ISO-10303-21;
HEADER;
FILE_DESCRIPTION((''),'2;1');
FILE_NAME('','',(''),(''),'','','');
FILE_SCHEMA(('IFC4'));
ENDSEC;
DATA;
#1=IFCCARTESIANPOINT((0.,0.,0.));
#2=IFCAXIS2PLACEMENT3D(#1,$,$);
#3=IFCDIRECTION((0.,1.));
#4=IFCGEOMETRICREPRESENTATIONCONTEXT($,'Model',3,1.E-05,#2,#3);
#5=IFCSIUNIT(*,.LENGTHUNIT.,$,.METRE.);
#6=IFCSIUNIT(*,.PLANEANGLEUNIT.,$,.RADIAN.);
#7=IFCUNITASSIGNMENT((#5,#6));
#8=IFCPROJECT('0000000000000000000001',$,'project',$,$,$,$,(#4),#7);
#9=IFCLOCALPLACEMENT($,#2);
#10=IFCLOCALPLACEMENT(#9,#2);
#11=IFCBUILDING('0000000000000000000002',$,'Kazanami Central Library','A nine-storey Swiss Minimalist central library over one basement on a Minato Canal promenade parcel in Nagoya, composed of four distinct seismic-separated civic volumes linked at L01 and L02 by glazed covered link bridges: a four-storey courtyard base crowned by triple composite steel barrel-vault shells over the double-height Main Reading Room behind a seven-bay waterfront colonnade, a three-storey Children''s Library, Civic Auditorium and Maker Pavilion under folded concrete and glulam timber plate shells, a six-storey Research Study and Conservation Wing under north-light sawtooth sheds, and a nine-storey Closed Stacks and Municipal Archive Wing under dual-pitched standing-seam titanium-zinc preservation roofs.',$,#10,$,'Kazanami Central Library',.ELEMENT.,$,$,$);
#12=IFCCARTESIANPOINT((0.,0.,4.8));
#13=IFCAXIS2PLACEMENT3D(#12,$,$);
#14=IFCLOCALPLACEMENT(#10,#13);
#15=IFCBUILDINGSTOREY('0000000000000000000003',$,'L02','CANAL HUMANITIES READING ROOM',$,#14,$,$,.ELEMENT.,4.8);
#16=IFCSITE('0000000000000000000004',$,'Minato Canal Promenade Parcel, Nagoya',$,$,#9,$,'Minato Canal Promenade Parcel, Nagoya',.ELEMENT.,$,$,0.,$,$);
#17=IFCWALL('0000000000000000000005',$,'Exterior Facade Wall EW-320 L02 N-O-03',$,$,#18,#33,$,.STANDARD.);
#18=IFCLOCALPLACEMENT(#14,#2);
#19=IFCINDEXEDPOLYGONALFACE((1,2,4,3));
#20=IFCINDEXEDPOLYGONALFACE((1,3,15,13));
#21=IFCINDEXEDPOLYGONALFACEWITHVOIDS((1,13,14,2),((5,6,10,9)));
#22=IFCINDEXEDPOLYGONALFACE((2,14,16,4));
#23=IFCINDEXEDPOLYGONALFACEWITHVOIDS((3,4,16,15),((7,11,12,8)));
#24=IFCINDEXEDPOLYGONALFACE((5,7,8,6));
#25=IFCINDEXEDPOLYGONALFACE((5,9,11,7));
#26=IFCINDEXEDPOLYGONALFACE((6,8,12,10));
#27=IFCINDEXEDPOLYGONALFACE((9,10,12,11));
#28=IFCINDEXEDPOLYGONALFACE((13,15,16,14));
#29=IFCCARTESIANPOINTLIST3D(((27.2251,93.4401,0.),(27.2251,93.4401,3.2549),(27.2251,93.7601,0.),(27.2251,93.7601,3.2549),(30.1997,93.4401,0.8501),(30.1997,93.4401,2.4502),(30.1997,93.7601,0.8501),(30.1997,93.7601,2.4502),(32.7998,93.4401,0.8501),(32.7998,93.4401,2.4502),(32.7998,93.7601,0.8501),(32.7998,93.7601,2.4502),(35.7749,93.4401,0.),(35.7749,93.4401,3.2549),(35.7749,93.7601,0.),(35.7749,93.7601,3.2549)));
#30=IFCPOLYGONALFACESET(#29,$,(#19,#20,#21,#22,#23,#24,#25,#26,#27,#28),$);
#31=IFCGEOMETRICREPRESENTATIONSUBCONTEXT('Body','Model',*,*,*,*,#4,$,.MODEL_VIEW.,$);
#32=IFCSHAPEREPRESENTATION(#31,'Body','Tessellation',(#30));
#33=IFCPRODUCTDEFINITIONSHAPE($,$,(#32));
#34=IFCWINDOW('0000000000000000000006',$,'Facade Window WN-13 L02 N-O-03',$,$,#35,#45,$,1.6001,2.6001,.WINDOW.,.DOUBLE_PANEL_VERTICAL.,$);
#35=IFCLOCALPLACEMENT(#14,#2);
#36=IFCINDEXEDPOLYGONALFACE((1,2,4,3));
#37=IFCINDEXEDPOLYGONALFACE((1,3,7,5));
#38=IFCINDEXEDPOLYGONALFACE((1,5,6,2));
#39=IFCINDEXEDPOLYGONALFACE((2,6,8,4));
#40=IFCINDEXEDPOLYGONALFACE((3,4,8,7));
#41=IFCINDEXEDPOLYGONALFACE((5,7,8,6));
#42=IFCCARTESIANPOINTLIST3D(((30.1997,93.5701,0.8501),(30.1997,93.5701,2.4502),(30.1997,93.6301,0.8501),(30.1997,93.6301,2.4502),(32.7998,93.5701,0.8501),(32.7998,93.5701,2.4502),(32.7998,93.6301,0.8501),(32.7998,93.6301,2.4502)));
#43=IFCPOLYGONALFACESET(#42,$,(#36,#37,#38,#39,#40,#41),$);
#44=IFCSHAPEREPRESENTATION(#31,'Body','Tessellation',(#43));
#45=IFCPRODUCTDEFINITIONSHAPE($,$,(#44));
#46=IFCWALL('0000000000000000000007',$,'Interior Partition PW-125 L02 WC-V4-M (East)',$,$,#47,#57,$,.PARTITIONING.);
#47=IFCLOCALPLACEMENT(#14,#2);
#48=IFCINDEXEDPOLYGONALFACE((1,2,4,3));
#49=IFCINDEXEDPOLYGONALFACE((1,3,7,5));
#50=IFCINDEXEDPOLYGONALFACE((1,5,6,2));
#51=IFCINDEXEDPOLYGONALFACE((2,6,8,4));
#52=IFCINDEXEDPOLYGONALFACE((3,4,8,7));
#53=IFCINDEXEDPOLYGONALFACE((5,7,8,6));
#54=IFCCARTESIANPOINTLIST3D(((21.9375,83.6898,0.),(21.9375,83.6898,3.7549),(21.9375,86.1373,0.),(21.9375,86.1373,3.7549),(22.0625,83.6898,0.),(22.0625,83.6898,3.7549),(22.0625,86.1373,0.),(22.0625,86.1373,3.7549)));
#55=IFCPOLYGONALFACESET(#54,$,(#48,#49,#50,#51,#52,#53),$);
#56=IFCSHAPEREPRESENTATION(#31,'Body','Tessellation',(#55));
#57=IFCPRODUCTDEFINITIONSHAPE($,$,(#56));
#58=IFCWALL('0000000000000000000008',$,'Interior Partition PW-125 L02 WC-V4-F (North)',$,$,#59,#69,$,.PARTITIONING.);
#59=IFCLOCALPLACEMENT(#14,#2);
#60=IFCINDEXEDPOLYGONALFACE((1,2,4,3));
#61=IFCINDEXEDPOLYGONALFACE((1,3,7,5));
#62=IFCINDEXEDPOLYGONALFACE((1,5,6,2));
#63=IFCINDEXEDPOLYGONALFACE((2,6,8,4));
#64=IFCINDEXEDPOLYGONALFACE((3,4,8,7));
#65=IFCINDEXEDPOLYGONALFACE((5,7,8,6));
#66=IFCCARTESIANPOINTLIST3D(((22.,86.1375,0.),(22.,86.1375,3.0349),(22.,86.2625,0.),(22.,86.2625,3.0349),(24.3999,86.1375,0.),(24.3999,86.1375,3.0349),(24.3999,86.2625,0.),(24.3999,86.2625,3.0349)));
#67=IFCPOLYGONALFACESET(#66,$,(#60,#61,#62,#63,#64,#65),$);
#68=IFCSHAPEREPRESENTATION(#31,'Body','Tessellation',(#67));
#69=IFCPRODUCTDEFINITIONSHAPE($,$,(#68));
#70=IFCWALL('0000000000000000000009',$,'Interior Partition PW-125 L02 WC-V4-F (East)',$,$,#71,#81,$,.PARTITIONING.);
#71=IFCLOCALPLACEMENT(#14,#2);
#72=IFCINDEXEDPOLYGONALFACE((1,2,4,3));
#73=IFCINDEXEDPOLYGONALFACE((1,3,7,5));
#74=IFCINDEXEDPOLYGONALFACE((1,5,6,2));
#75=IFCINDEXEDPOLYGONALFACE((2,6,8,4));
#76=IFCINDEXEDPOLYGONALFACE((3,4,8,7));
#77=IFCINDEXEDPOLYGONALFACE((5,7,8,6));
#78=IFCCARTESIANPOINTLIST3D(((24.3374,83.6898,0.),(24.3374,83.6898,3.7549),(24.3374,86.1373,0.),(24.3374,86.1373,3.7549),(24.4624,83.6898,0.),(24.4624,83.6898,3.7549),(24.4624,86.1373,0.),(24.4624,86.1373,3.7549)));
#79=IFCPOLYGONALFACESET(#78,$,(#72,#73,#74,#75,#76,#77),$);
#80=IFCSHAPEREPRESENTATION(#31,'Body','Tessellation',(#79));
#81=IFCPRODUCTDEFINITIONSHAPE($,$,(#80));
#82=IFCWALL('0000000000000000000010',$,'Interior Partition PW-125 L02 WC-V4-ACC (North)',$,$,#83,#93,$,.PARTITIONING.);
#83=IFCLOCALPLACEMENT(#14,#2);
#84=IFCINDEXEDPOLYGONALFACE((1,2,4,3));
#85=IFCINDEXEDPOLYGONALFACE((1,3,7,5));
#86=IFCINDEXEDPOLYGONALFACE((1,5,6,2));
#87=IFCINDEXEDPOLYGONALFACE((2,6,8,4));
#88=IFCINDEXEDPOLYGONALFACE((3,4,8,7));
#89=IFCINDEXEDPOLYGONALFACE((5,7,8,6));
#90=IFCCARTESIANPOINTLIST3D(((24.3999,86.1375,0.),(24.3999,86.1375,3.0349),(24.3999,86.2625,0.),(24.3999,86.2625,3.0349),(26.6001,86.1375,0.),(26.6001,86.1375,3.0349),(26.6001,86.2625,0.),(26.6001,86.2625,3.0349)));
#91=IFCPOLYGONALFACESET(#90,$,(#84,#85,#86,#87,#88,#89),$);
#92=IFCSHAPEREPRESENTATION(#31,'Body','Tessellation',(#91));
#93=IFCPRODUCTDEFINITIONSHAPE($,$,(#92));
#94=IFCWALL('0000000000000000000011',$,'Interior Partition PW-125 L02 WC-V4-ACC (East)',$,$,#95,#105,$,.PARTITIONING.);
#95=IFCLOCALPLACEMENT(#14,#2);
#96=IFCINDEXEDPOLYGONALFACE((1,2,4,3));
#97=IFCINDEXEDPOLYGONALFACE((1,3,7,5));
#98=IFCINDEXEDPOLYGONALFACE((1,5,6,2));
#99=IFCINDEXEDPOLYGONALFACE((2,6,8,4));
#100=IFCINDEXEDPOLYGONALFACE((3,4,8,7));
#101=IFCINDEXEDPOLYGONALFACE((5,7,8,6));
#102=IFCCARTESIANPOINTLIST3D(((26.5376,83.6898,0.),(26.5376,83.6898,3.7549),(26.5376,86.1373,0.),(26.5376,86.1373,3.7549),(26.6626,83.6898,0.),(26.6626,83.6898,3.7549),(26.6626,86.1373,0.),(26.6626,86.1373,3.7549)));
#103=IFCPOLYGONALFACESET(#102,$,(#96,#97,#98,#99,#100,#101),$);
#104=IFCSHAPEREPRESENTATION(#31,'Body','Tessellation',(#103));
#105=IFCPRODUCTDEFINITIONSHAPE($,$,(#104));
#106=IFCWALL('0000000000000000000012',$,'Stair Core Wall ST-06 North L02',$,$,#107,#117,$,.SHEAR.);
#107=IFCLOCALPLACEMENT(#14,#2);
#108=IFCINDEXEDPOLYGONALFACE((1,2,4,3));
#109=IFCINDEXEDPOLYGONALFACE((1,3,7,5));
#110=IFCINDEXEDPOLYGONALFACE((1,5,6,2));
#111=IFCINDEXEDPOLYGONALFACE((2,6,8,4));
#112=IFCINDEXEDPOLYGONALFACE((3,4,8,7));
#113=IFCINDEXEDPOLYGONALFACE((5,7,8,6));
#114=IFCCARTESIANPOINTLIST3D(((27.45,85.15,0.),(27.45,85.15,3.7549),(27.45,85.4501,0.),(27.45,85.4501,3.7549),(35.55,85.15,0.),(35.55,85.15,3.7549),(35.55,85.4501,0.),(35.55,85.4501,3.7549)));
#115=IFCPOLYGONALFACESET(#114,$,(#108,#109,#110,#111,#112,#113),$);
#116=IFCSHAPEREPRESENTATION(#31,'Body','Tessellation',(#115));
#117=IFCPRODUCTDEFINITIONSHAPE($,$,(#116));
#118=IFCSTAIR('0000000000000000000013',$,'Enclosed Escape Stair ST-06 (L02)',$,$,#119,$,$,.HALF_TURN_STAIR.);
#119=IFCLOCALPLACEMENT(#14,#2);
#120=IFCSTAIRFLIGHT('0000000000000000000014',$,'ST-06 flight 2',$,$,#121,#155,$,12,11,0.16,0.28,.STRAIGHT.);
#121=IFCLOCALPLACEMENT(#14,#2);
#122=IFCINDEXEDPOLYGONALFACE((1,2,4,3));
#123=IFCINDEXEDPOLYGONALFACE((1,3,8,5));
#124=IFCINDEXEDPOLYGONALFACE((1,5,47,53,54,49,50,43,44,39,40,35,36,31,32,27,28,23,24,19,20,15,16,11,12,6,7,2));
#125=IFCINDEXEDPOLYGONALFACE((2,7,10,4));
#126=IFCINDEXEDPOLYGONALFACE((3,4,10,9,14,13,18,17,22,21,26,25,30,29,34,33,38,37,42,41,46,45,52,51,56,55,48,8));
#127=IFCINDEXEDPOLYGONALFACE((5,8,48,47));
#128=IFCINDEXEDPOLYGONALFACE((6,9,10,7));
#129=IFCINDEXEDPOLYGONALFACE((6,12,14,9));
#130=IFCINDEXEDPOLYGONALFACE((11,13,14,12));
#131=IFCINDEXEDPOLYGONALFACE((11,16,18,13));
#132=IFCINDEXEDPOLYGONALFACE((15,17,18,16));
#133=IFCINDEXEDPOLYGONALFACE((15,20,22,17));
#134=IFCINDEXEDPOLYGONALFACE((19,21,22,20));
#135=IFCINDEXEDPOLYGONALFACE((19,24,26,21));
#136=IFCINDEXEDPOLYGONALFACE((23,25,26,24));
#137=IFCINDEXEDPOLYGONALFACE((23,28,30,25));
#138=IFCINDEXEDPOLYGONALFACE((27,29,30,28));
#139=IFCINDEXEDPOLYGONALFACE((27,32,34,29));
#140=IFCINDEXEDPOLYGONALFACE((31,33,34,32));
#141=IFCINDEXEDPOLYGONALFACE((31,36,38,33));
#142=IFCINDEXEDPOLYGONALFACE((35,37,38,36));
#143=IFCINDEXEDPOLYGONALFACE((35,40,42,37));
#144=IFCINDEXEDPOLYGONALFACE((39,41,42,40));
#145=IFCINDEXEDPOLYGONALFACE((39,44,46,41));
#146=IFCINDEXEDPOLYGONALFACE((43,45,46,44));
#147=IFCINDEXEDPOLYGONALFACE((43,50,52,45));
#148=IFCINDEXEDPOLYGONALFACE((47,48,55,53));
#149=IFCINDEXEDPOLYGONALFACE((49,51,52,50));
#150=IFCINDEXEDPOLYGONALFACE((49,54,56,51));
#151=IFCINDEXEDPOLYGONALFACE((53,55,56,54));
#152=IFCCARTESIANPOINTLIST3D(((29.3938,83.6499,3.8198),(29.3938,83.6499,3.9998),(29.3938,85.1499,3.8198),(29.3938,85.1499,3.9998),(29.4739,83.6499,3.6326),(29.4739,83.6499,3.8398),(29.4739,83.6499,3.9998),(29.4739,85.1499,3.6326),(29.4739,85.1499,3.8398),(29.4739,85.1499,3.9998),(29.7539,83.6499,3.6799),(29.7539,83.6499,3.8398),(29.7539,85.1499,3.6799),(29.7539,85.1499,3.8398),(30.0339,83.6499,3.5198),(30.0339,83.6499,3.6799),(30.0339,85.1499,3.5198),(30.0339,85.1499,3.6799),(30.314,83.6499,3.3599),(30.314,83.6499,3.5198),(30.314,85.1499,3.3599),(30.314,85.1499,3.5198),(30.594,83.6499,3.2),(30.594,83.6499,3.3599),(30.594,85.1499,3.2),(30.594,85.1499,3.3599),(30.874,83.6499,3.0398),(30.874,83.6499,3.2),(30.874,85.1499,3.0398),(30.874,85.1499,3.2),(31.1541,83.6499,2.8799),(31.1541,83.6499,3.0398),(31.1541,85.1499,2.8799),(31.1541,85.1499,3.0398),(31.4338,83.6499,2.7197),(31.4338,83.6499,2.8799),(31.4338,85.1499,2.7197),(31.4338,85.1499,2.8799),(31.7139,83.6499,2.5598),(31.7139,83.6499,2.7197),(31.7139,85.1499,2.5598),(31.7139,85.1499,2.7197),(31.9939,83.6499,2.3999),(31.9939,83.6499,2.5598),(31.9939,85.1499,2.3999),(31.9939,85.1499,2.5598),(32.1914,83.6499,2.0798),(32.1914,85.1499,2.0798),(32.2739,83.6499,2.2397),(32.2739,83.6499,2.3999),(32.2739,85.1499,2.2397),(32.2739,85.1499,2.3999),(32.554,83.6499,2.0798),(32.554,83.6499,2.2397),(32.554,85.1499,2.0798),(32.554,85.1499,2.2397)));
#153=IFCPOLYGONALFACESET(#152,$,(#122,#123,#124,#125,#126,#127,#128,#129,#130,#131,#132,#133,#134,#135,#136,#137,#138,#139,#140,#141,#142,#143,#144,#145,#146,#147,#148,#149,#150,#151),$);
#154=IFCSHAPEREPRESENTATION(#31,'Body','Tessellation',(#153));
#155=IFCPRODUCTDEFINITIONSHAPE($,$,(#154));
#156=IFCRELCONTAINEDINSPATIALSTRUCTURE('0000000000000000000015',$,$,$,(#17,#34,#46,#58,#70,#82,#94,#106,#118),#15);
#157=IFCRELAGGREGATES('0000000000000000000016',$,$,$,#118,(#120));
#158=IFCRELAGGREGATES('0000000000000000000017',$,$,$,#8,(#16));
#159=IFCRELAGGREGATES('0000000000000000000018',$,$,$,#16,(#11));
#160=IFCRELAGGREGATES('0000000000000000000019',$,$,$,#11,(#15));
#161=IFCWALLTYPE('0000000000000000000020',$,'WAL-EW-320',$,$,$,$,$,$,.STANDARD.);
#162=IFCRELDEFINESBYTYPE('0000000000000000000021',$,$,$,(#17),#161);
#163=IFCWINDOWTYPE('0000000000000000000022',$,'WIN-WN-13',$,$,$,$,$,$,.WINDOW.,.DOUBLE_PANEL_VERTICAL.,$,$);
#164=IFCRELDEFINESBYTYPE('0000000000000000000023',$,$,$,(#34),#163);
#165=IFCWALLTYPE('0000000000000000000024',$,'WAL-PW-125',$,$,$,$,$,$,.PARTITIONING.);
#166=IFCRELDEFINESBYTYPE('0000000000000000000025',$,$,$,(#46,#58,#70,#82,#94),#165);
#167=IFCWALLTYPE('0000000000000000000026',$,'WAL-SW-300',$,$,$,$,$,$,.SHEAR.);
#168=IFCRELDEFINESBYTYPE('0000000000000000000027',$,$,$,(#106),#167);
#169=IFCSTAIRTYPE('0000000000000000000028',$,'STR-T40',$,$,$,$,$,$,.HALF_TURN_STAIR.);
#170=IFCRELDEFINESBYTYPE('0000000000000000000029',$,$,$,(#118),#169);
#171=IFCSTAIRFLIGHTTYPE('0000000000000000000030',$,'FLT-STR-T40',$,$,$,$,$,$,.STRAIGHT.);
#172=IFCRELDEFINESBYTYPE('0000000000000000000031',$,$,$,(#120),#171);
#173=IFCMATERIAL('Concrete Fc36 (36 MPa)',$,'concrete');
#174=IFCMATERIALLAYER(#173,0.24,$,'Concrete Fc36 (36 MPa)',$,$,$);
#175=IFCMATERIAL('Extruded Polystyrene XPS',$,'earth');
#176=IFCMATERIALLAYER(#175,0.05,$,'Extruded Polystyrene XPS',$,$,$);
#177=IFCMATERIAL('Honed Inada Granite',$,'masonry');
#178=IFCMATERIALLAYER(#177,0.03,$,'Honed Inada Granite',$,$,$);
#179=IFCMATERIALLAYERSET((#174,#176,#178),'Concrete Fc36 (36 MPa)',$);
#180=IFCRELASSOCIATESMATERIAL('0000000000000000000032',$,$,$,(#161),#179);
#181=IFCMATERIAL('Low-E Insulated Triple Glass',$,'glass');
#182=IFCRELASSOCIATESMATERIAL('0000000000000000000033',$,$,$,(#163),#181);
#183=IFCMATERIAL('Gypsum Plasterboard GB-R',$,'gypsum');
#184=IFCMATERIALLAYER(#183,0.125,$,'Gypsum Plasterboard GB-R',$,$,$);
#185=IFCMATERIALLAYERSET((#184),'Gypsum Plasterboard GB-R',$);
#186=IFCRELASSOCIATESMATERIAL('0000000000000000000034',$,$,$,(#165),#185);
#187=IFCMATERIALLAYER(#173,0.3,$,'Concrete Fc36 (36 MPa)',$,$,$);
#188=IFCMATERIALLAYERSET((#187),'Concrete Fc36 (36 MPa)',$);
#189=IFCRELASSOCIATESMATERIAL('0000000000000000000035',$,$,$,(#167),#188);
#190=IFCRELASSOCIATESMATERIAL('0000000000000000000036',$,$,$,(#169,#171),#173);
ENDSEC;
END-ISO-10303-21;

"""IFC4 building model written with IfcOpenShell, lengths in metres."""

from ifc_helpers import new_model, si_unit, direction, frame, frame_2d, origin, place, context, subcontext, project, spatial, polyline, rectangle, outline, extrude, material, layer, layer_set, type_object, element, fill, aggregate, save


model = new_model("IFC4")

# Units and contexts
model_context = context("Model", 3, precision=1e-05, world=origin(), true_north=direction((0.0, 1.0)))
body_context = subcontext(model_context, "Body", "Model", "MODEL_VIEW")
ifc_project = project(units=[si_unit("LENGTHUNIT", "METRE"), si_unit("PLANEANGLEUNIT", "RADIAN")], contexts=[model_context])

# Site, building, storey
site_placement = place(None, origin())
site = spatial("IfcSite", under=ifc_project, at=site_placement, Name="Minato Canal Promenade Parcel, Nagoya", LongName="Minato Canal Promenade Parcel, Nagoya", CompositionType="ELEMENT", RefElevation=0.0)
building_placement = place(site_placement, origin())
building = spatial("IfcBuilding", under=site, at=building_placement, Name="Kazanami Central Library", Description="A nine-storey Swiss Minimalist central library over one basement on a Minato Canal promenade parcel in Nagoya, composed of four distinct seismic-separated civic volumes linked at L01 and L02 by glazed covered link bridges: a four-storey courtyard base crowned by triple composite steel barrel-vault shells over the double-height Main Reading Room behind a seven-bay waterfront colonnade, a three-storey Children's Library, Civic Auditorium and Maker Pavilion under folded concrete and glulam timber plate shells, a six-storey Research Study and Conservation Wing under north-light sawtooth sheds, and a nine-storey Closed Stacks and Municipal Archive Wing under dual-pitched standing-seam titanium-zinc preservation roofs.", LongName="Kazanami Central Library", CompositionType="ELEMENT")
storey_placement = place(building_placement, frame((0.0, 0.0, 4.8)))
storey = spatial("IfcBuildingStorey", under=building, at=storey_placement, Name="L02", Description="CANAL HUMANITIES READING ROOM", CompositionType="ELEMENT", Elevation=4.8)

# Wall, opening, window
ifc_material_1 = material(Name="Concrete Fc36 (36 MPa)", Category="concrete")
ifc_layer_1 = layer(ifc_material_1, 0.24, Name="Concrete Fc36 (36 MPa)")
ifc_material_2 = material(Name="Extruded Polystyrene XPS", Category="earth")
ifc_layer_2 = layer(ifc_material_2, 0.05, Name="Extruded Polystyrene XPS")
ifc_material_3 = material(Name="Honed Inada Granite", Category="masonry")
ifc_layer_3 = layer(ifc_material_3, 0.03, Name="Honed Inada Granite")
ifc_layer_set_1 = layer_set([ifc_layer_1, ifc_layer_2, ifc_layer_3], Name="Concrete Fc36 (36 MPa)")
wall_type_1 = type_object("IfcWallType", Name="WAL-EW-320", PredefinedType="STANDARD", material=ifc_layer_set_1)
ifc_material_4 = material(Name="Low-E Insulated Triple Glass", Category="glass")
window_type = type_object("IfcWindowType", Name="WIN-WN-13", PartitioningType="DOUBLE_PANEL_VERTICAL", PredefinedType="WINDOW", material=ifc_material_4)
wall_1_placement = place(storey_placement, frame((35.7749, 93.6001, 0.0), z_axis=(0.0, 0.0, 1.0), x_axis=(-1.0, 0.0, 0.0)))
wall_1 = element("IfcWall", 1, at=wall_1_placement, inside=storey, type_object=wall_type_1, Name="Exterior Facade Wall EW-320 L02 N-O-03", PredefinedType="STANDARD", context=body_context, shape_type="SweptSolid", body=[
    extrude(rectangle(XDim=8.5498, YDim=0.3201, at=frame_2d((4.2749, 0.0))), origin(), (0.0, 0.0, 1.0), 3.2549),
])
opening_1_placement = place(wall_1_placement, frame((2.9751, 0.0, 0.8501)))
opening_1 = element("IfcOpeningElement", 2, at=opening_1_placement, cuts=wall_1, PredefinedType="OPENING", context=body_context, shape_type="SweptSolid", body=[
    extrude(rectangle(XDim=2.6001, YDim=1.6001, at=frame_2d((1.3, 0.8))), frame((0.0, 0.1719, 0.0), z_axis=(0.0, -1.0, 0.0), x_axis=(1.0, 0.0, 0.0)), (0.0, 0.0, 1.0), 0.344),
])
window_1_placement = place(opening_1_placement, origin())
window_1 = element("IfcWindow", 3, at=window_1_placement, inside=storey, type_object=window_type, Name="Facade Window WN-13 L02 N-O-03", OverallHeight=1.6001, OverallWidth=2.6001, PartitioningType="DOUBLE_PANEL_VERTICAL", PredefinedType="WINDOW", context=body_context, shape_type="SweptSolid", body=[
    extrude(rectangle(XDim=2.6001, YDim=1.6001, at=frame_2d((1.3, 0.8))), frame((0.0, 0.03, 0.0), z_axis=(0.0, -1.0, 0.0), x_axis=(1.0, 0.0, 0.0)), (0.0, 0.0, 1.0), 0.0601),
])
fill(opening_1, window_1)

# Walls
ifc_material_5 = material(Name="Gypsum Plasterboard GB-R", Category="gypsum")
ifc_layer_4 = layer(ifc_material_5, 0.125, Name="Gypsum Plasterboard GB-R")
ifc_layer_set_2 = layer_set([ifc_layer_4], Name="Gypsum Plasterboard GB-R")
wall_type_2 = type_object("IfcWallType", Name="WAL-PW-125", PredefinedType="PARTITIONING", material=ifc_layer_set_2)
wall_2_placement = place(storey_placement, frame((22.0, 83.6899, 0.0), z_axis=(0.0, 0.0, 1.0), x_axis=(0.0, 1.0, 0.0)))
element("IfcWall", 4, at=wall_2_placement, inside=storey, type_object=wall_type_2, Name="Interior Partition PW-125 L02 WC-V4-M (East)", PredefinedType="PARTITIONING", context=body_context, shape_type="SweptSolid", body=[
    extrude(rectangle(XDim=2.4475, YDim=0.125, at=frame_2d((1.2236, 0.0))), origin(), (0.0, 0.0, 1.0), 3.7549),
])
wall_3_placement = place(storey_placement, frame((22.0, 86.2, 0.0), z_axis=(0.0, 0.0, 1.0), x_axis=(1.0, 0.0, 0.0)))
element("IfcWall", 5, at=wall_3_placement, inside=storey, type_object=wall_type_2, Name="Interior Partition PW-125 L02 WC-V4-F (North)", PredefinedType="PARTITIONING", context=body_context, shape_type="SweptSolid", body=[
    extrude(rectangle(XDim=2.3999, YDim=0.125, at=frame_2d((1.2, 0.0))), origin(), (0.0, 0.0, 1.0), 3.0349),
])
wall_4_placement = place(storey_placement, frame((24.3999, 83.6899, 0.0), z_axis=(0.0, 0.0, 1.0), x_axis=(0.0, 1.0, 0.0)))
element("IfcWall", 6, at=wall_4_placement, inside=storey, type_object=wall_type_2, Name="Interior Partition PW-125 L02 WC-V4-F (East)", PredefinedType="PARTITIONING", context=body_context, shape_type="SweptSolid", body=[
    extrude(rectangle(XDim=2.4475, YDim=0.125, at=frame_2d((1.2236, 0.0))), origin(), (0.0, 0.0, 1.0), 3.7549),
])
wall_5_placement = place(storey_placement, frame((24.3999, 86.2, 0.0), z_axis=(0.0, 0.0, 1.0), x_axis=(1.0, 0.0, 0.0)))
element("IfcWall", 7, at=wall_5_placement, inside=storey, type_object=wall_type_2, Name="Interior Partition PW-125 L02 WC-V4-ACC (North)", PredefinedType="PARTITIONING", context=body_context, shape_type="SweptSolid", body=[
    extrude(rectangle(XDim=2.2002, YDim=0.125, at=frame_2d((1.1001, 0.0))), origin(), (0.0, 0.0, 1.0), 3.0349),
])
wall_6_placement = place(storey_placement, frame((26.6001, 83.6899, 0.0), z_axis=(0.0, 0.0, 1.0), x_axis=(0.0, 1.0, 0.0)))
element("IfcWall", 8, at=wall_6_placement, inside=storey, type_object=wall_type_2, Name="Interior Partition PW-125 L02 WC-V4-ACC (East)", PredefinedType="PARTITIONING", context=body_context, shape_type="SweptSolid", body=[
    extrude(rectangle(XDim=2.4475, YDim=0.125, at=frame_2d((1.2236, 0.0))), origin(), (0.0, 0.0, 1.0), 3.7549),
])
ifc_layer_5 = layer(ifc_material_1, 0.3, Name="Concrete Fc36 (36 MPa)")
ifc_layer_set_3 = layer_set([ifc_layer_5], Name="Concrete Fc36 (36 MPa)")
wall_type_3 = type_object("IfcWallType", Name="WAL-SW-300", PredefinedType="SHEAR", material=ifc_layer_set_3)
wall_7_placement = place(storey_placement, frame((27.45, 85.3, 0.0), z_axis=(0.0, 0.0, 1.0), x_axis=(1.0, 0.0, 0.0)))
element("IfcWall", 9, at=wall_7_placement, inside=storey, type_object=wall_type_3, Name="Stair Core Wall ST-06 North L02", PredefinedType="SHEAR", context=body_context, shape_type="SweptSolid", body=[
    extrude(rectangle(XDim=8.1001, YDim=0.3, at=frame_2d((4.05, 0.0))), origin(), (0.0, 0.0, 1.0), 3.7549),
])

# Stair, stair flight
stair_type = type_object("IfcStairType", Name="STR-T40", PredefinedType="HALF_TURN_STAIR", material=ifc_material_1)
stair_placement = place(storey_placement, origin())
stair = element("IfcStair", 10, at=stair_placement, inside=storey, type_object=stair_type, Name="Enclosed Escape Stair ST-06 (L02)", PredefinedType="HALF_TURN_STAIR")
stair_flight_type = type_object("IfcStairFlightType", Name="FLT-STR-T40", PredefinedType="STRAIGHT", material=ifc_material_1)
stair_flight_placement = place(storey_placement, frame((32.554, 84.3999, 2.0798), z_axis=(0.0, 0.0, 1.0), x_axis=(-1.0, 0.0, 0.0)))
stair_flight = element("IfcStairFlight", 11, at=stair_flight_placement, type_object=stair_flight_type, Name="ST-06 flight 2", NumberOfRisers=12, NumberOfTreads=11, PredefinedType="STRAIGHT", RiserHeight=0.16, TreadLength=0.28, context=body_context, shape_type="SweptSolid", body=[
    extrude(outline(polyline([(0.0, 0.0), (0.0, 0.1599), (0.28, 0.1599), (0.28, 0.3201), (0.5601, 0.3201), (0.5601, 0.48), (0.8401, 0.48), (0.8401, 0.6399), (1.1201, 0.6399), (1.1201, 0.8), (1.3999, 0.8), (1.3999, 0.96), (1.6799, 0.96), (1.6799, 1.1201), (1.96, 1.1201), (1.96, 1.28), (2.24, 1.28), (2.24, 1.4399), (2.52, 1.4399), (2.52, 1.6001), (2.8, 1.6001), (2.8, 1.76), (3.0801, 1.76), (3.0801, 1.9199), (3.1602, 1.9199), (3.1602, 1.74), (3.0801, 1.5527), (0.3625, 0.0), (0.0, 0.0)])), frame((0.0, 0.75, 0.0), z_axis=(0.0, -1.0, 0.0), x_axis=(1.0, 0.0, 0.0)), (0.0, 0.0, 1.0), 1.5),
])
aggregate(stair, [stair_flight])

save(model, "model.ifc")
